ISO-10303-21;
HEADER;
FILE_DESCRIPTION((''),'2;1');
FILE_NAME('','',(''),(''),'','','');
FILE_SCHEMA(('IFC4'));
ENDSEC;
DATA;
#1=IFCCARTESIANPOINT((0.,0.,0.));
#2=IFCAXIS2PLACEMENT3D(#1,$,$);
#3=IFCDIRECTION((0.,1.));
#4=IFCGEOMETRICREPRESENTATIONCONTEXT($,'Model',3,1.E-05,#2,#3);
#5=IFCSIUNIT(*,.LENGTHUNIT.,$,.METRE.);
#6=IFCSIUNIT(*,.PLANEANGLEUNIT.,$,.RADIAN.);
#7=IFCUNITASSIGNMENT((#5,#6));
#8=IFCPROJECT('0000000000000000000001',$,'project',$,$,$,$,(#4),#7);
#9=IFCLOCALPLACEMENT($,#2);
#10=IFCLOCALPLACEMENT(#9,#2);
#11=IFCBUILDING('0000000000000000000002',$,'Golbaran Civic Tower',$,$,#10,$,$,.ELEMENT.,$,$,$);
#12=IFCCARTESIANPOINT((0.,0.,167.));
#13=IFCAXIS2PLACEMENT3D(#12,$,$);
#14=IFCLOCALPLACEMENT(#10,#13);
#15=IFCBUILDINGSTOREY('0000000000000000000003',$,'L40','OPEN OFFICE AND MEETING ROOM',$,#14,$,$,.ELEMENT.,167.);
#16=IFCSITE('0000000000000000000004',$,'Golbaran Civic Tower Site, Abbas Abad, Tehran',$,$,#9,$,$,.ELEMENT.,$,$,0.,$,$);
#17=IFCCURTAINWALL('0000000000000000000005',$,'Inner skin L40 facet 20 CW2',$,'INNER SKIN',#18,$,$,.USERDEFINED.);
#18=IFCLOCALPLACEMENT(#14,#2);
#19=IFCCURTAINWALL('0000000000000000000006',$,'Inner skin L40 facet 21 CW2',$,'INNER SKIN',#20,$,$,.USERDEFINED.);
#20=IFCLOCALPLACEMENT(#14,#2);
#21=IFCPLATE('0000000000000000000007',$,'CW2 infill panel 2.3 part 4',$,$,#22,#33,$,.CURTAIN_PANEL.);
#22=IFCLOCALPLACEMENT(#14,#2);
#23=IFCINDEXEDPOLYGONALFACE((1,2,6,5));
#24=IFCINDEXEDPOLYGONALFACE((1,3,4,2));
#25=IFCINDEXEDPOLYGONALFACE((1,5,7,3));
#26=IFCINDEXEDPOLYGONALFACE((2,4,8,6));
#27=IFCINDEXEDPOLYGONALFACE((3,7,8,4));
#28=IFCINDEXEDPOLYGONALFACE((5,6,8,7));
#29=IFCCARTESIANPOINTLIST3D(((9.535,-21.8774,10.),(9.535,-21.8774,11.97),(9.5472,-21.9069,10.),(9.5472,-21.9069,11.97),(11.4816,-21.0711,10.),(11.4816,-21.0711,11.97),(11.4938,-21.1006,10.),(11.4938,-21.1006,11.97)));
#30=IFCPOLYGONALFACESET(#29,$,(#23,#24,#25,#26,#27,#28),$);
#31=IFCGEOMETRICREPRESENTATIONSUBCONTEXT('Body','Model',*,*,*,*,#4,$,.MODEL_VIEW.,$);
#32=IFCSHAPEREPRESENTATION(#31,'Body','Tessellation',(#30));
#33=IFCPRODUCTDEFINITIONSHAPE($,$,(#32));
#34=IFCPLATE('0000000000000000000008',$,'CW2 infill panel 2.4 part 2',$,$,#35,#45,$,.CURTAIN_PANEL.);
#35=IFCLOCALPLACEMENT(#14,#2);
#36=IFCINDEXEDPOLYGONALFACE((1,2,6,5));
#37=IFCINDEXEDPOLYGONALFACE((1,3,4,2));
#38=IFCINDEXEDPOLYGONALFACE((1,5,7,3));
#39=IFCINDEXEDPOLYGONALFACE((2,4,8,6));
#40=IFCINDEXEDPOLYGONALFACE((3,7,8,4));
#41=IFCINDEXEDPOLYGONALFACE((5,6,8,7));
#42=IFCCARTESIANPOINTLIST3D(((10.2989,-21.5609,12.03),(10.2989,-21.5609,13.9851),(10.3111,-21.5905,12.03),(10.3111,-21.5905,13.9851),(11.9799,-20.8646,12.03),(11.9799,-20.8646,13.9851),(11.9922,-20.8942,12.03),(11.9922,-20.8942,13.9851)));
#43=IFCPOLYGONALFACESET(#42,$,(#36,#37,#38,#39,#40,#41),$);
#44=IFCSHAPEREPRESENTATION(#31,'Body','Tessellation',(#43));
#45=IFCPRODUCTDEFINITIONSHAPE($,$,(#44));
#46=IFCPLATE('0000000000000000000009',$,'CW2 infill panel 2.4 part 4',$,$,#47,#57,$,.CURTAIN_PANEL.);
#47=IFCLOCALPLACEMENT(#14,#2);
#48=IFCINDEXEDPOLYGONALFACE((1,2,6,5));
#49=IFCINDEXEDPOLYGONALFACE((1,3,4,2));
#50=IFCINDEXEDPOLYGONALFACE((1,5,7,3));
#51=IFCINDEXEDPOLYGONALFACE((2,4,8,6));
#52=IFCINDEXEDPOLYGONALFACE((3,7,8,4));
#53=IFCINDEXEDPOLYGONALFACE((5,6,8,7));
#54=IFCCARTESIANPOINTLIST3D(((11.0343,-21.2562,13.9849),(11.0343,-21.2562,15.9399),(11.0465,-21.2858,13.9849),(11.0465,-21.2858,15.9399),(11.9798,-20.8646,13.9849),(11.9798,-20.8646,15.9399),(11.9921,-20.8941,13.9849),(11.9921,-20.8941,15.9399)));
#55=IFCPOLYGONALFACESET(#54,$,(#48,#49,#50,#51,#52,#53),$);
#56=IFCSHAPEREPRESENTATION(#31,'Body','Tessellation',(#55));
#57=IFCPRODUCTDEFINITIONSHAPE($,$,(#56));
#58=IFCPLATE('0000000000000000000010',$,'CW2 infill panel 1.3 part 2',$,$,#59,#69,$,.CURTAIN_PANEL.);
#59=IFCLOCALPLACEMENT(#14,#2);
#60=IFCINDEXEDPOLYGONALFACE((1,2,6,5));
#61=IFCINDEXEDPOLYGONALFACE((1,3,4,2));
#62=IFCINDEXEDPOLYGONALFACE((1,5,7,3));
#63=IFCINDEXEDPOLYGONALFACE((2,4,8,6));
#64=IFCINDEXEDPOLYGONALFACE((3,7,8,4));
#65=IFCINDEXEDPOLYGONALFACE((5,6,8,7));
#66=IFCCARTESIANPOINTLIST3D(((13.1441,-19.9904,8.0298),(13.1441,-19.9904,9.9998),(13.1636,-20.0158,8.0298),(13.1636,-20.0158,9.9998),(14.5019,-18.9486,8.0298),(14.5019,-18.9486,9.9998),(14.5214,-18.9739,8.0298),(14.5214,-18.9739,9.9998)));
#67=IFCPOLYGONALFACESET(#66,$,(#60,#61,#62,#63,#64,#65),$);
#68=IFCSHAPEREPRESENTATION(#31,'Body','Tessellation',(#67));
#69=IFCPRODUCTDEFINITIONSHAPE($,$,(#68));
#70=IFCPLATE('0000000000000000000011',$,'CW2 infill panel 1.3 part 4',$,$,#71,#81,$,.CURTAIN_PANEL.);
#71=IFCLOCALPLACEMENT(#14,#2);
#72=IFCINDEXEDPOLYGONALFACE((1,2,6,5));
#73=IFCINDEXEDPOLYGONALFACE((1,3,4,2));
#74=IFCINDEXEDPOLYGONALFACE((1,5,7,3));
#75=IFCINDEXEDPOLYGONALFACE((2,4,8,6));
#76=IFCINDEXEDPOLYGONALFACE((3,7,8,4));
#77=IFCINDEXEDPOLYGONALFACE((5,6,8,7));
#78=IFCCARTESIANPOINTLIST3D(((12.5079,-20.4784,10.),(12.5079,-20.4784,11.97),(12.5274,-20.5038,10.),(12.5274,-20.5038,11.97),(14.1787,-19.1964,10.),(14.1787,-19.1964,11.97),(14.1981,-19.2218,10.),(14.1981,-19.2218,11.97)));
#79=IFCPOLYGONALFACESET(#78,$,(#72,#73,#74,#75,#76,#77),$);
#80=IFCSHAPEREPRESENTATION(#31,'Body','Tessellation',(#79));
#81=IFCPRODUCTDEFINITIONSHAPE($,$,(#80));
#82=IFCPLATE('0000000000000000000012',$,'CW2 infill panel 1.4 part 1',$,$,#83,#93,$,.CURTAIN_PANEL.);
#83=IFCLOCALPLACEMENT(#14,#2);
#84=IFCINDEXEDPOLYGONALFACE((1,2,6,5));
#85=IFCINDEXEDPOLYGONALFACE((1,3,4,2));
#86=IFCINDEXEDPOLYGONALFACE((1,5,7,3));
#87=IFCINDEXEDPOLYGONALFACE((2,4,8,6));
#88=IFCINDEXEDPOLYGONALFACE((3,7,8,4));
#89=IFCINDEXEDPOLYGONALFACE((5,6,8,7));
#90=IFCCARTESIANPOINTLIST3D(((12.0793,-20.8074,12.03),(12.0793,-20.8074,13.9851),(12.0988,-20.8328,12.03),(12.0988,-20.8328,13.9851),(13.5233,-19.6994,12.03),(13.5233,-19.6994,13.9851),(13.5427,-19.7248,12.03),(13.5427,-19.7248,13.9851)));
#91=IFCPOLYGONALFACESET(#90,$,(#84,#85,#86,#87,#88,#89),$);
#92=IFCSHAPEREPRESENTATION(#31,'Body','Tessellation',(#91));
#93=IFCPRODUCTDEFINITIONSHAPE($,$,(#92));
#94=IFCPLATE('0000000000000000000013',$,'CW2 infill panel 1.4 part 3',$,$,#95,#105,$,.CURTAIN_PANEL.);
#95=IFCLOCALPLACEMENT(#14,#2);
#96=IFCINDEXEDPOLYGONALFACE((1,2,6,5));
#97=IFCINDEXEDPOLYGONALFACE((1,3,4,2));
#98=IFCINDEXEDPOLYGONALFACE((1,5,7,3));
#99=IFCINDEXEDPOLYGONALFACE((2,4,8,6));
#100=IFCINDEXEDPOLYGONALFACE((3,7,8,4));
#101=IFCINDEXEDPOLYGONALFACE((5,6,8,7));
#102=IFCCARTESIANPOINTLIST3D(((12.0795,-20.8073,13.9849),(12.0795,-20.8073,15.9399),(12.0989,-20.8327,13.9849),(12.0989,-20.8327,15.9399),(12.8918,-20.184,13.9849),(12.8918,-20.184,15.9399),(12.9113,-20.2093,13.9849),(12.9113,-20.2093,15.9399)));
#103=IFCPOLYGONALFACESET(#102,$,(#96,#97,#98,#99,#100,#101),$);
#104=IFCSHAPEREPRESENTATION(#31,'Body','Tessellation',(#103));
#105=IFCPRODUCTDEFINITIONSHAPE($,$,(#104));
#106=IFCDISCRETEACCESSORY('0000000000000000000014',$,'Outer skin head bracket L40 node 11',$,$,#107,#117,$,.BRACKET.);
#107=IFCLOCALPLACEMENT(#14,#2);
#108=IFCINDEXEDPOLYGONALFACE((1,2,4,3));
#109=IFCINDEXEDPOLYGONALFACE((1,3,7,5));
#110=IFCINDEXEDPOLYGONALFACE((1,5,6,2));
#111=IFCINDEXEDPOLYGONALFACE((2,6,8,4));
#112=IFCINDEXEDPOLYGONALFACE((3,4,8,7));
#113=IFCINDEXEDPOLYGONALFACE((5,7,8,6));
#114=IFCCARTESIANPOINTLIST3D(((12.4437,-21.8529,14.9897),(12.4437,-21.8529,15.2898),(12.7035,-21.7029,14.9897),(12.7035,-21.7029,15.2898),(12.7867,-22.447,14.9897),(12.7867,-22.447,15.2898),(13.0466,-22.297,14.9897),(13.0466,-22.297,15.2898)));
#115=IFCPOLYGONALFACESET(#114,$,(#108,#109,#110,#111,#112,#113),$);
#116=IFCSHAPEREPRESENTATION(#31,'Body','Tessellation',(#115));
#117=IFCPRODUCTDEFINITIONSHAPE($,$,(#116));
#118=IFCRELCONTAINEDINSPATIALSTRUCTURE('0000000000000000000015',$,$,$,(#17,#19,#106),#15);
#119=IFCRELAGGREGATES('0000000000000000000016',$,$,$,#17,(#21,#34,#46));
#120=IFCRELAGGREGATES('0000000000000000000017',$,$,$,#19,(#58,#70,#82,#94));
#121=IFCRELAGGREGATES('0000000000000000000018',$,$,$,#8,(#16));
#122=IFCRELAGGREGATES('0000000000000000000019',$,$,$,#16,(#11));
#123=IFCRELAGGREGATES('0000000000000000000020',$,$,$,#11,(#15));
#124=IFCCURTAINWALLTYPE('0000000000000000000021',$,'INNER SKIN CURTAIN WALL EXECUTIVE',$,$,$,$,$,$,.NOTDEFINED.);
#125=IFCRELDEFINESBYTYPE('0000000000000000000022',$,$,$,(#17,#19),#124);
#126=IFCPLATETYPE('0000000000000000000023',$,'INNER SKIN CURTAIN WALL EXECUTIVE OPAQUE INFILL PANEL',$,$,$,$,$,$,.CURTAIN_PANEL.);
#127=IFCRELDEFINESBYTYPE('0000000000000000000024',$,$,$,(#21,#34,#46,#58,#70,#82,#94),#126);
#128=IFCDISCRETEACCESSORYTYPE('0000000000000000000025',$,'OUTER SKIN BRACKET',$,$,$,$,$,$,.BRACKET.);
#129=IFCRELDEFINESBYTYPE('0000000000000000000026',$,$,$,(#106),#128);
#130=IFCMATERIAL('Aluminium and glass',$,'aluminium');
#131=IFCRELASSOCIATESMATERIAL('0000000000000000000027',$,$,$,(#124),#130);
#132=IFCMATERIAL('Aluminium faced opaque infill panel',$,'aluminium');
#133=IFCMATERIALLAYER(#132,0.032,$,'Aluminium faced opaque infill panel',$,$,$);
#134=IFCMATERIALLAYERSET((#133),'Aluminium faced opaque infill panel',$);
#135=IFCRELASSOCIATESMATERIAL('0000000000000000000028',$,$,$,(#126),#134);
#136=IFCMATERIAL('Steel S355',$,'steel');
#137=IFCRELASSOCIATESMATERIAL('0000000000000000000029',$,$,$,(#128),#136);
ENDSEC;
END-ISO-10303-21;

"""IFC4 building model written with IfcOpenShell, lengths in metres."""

from ifc_helpers import new_model, si_unit, direction, frame, origin, origin_2d, place, context, subcontext, project, spatial, rectangle, extrude, material, layer, layer_set, type_object, element, aggregate, save


model = new_model("IFC4")

# Units and contexts
model_context = context("Model", 3, precision=1e-05, world=origin(), true_north=direction((0.0, 1.0)))
body_context = subcontext(model_context, "Body", "Model", "MODEL_VIEW")
ifc_project = project(units=[si_unit("LENGTHUNIT", "METRE"), si_unit("PLANEANGLEUNIT", "RADIAN")], contexts=[model_context])

# Site, building, storey
site_placement = place(None, origin())
site = spatial("IfcSite", under=ifc_project, at=site_placement, Name="Golbaran Civic Tower Site, Abbas Abad, Tehran", CompositionType="ELEMENT", RefElevation=0.0)
building_placement = place(site_placement, origin())
building = spatial("IfcBuilding", under=site, at=building_placement, Name="Golbaran Civic Tower", CompositionType="ELEMENT")
storey_placement = place(building_placement, frame((0.0, 0.0, 167.0)))
storey = spatial("IfcBuildingStorey", under=building, at=storey_placement, Name="L40", Description="OPEN OFFICE AND MEETING ROOM", CompositionType="ELEMENT", Elevation=167.0)

# Curtain walls
ifc_material_1 = material(Name="Aluminium and glass", Category="aluminium")
curtain_wall_type = type_object("IfcCurtainWallType", Name="INNER SKIN CURTAIN WALL EXECUTIVE", PredefinedType="NOTDEFINED", material=ifc_material_1)
curtain_wall_1_placement = place(storey_placement, origin())
curtain_wall_1 = element("IfcCurtainWall", 1, at=curtain_wall_1_placement, inside=storey, type_object=curtain_wall_type, Name="Inner skin L40 facet 20 CW2", ObjectType="INNER SKIN", PredefinedType="USERDEFINED")
curtain_wall_2_placement = place(storey_placement, origin())
curtain_wall_2 = element("IfcCurtainWall", 2, at=curtain_wall_2_placement, inside=storey, type_object=curtain_wall_type, Name="Inner skin L40 facet 21 CW2", ObjectType="INNER SKIN", PredefinedType="USERDEFINED")

# Plates
ifc_material_2 = material(Name="Aluminium faced opaque infill panel", Category="aluminium")
ifc_layer_1 = layer(ifc_material_2, 0.032, Name="Aluminium faced opaque infill panel")
ifc_layer_set_1 = layer_set([ifc_layer_1], Name="Aluminium faced opaque infill panel")
plate_type_1 = type_object("IfcPlateType", Name="INNER SKIN CURTAIN WALL EXECUTIVE OPAQUE INFILL PANEL", PredefinedType="CURTAIN_PANEL", material=ifc_layer_set_1)
plate_1_placement = place(storey_placement, frame((10.5144, -21.489, 10.0), z_axis=(0.0, 0.0, 1.0), x_axis=(0.92388, 0.382683, 0.0)))
plate_1 = element("IfcPlate", 3, at=plate_1_placement, type_object=plate_type_1, Name="CW2 infill panel 2.3 part 4", PredefinedType="CURTAIN_PANEL", context=body_context, shape_type="SweptSolid", body=[
    extrude(rectangle(XDim=2.1069, YDim=0.032, at=origin_2d()), origin(), (0.0, 0.0, 1.0), 1.97),
])
plate_2_placement = place(storey_placement, frame((11.1455, -21.2275, 12.03), z_axis=(0.0, 0.0, 1.0), x_axis=(0.92388, 0.382683, 0.0)))
plate_2 = element("IfcPlate", 4, at=plate_2_placement, type_object=plate_type_1, Name="CW2 infill panel 2.4 part 2", PredefinedType="CURTAIN_PANEL", context=body_context, shape_type="SweptSolid", body=[
    extrude(rectangle(XDim=1.8196, YDim=0.032, at=origin_2d()), origin(), (0.0, 0.0, 1.0), 1.9551),
])
plate_3_placement = place(storey_placement, frame((11.5132, -21.0752, 13.9849), z_axis=(0.0, 0.0, 1.0), x_axis=(0.92388, 0.382683, 0.0)))
plate_3 = element("IfcPlate", 5, at=plate_3_placement, type_object=plate_type_1, Name="CW2 infill panel 2.4 part 4", PredefinedType="CURTAIN_PANEL", context=body_context, shape_type="SweptSolid", body=[
    extrude(rectangle(XDim=1.0234, YDim=0.032, at=origin_2d()), origin(), (0.0, 0.0, 1.0), 1.9551),
])
aggregate(curtain_wall_1, [plate_1, plate_2, plate_3])
plate_4_placement = place(storey_placement, frame((13.8328, -19.4822, 8.0298), z_axis=(0.0, 0.0, 1.0), x_axis=(0.793353, 0.608761, 0.0)))
plate_4 = element("IfcPlate", 6, at=plate_4_placement, type_object=plate_type_1, Name="CW2 infill panel 1.3 part 2", PredefinedType="CURTAIN_PANEL", context=body_context, shape_type="SweptSolid", body=[
    extrude(rectangle(XDim=1.7114, YDim=0.032, at=origin_2d()), origin(), (0.0, 0.0, 1.0), 1.97),
])
plate_5_placement = place(storey_placement, frame((13.353, -19.8501, 10.0), z_axis=(0.0, 0.0, 1.0), x_axis=(0.793353, 0.608761, 0.0)))
plate_5 = element("IfcPlate", 7, at=plate_5_placement, type_object=plate_type_1, Name="CW2 infill panel 1.3 part 4", PredefinedType="CURTAIN_PANEL", context=body_context, shape_type="SweptSolid", body=[
    extrude(rectangle(XDim=2.106, YDim=0.032, at=origin_2d()), origin(), (0.0, 0.0, 1.0), 1.97),
])
plate_6_placement = place(storey_placement, frame((12.811, -20.2661, 12.03), z_axis=(0.0, 0.0, 1.0), x_axis=(0.793353, 0.608761, 0.0)))
plate_6 = element("IfcPlate", 8, at=plate_6_placement, type_object=plate_type_1, Name="CW2 infill panel 1.4 part 1", PredefinedType="CURTAIN_PANEL", context=body_context, shape_type="SweptSolid", body=[
    extrude(rectangle(XDim=1.8201, YDim=0.032, at=origin_2d()), origin(), (0.0, 0.0, 1.0), 1.9551),
])
plate_7_placement = place(storey_placement, frame((12.4954, -20.5083, 13.9849), z_axis=(0.0, 0.0, 1.0), x_axis=(0.793353, 0.608761, 0.0)))
plate_7 = element("IfcPlate", 9, at=plate_7_placement, type_object=plate_type_1, Name="CW2 infill panel 1.4 part 3", PredefinedType="CURTAIN_PANEL", context=body_context, shape_type="SweptSolid", body=[
    extrude(rectangle(XDim=1.0239, YDim=0.032, at=origin_2d()), origin(), (0.0, 0.0, 1.0), 1.9551),
])
aggregate(curtain_wall_2, [plate_4, plate_5, plate_6, plate_7])

# Discrete accessory
ifc_material_3 = material(Name="Steel S355", Category="steel")
discrete_accessory_type = type_object("IfcDiscreteAccessoryType", Name="OUTER SKIN BRACKET", PredefinedType="BRACKET", material=ifc_material_3)
discrete_accessory_placement = place(storey_placement, frame((12.7451, -22.075, 14.9897), z_axis=(0.0, 0.0, 1.0), x_axis=(0.5, -0.866025, 0.0)))
element("IfcDiscreteAccessory", 10, at=discrete_accessory_placement, inside=storey, type_object=discrete_accessory_type, Name="Outer skin head bracket L40 node 11", PredefinedType="BRACKET", context=body_context, shape_type="SweptSolid", body=[
    extrude(rectangle(XDim=0.686, YDim=0.3, at=origin_2d()), origin(), (0.0, 0.0, 1.0), 0.3),
])

save(model, "model.ifc")
